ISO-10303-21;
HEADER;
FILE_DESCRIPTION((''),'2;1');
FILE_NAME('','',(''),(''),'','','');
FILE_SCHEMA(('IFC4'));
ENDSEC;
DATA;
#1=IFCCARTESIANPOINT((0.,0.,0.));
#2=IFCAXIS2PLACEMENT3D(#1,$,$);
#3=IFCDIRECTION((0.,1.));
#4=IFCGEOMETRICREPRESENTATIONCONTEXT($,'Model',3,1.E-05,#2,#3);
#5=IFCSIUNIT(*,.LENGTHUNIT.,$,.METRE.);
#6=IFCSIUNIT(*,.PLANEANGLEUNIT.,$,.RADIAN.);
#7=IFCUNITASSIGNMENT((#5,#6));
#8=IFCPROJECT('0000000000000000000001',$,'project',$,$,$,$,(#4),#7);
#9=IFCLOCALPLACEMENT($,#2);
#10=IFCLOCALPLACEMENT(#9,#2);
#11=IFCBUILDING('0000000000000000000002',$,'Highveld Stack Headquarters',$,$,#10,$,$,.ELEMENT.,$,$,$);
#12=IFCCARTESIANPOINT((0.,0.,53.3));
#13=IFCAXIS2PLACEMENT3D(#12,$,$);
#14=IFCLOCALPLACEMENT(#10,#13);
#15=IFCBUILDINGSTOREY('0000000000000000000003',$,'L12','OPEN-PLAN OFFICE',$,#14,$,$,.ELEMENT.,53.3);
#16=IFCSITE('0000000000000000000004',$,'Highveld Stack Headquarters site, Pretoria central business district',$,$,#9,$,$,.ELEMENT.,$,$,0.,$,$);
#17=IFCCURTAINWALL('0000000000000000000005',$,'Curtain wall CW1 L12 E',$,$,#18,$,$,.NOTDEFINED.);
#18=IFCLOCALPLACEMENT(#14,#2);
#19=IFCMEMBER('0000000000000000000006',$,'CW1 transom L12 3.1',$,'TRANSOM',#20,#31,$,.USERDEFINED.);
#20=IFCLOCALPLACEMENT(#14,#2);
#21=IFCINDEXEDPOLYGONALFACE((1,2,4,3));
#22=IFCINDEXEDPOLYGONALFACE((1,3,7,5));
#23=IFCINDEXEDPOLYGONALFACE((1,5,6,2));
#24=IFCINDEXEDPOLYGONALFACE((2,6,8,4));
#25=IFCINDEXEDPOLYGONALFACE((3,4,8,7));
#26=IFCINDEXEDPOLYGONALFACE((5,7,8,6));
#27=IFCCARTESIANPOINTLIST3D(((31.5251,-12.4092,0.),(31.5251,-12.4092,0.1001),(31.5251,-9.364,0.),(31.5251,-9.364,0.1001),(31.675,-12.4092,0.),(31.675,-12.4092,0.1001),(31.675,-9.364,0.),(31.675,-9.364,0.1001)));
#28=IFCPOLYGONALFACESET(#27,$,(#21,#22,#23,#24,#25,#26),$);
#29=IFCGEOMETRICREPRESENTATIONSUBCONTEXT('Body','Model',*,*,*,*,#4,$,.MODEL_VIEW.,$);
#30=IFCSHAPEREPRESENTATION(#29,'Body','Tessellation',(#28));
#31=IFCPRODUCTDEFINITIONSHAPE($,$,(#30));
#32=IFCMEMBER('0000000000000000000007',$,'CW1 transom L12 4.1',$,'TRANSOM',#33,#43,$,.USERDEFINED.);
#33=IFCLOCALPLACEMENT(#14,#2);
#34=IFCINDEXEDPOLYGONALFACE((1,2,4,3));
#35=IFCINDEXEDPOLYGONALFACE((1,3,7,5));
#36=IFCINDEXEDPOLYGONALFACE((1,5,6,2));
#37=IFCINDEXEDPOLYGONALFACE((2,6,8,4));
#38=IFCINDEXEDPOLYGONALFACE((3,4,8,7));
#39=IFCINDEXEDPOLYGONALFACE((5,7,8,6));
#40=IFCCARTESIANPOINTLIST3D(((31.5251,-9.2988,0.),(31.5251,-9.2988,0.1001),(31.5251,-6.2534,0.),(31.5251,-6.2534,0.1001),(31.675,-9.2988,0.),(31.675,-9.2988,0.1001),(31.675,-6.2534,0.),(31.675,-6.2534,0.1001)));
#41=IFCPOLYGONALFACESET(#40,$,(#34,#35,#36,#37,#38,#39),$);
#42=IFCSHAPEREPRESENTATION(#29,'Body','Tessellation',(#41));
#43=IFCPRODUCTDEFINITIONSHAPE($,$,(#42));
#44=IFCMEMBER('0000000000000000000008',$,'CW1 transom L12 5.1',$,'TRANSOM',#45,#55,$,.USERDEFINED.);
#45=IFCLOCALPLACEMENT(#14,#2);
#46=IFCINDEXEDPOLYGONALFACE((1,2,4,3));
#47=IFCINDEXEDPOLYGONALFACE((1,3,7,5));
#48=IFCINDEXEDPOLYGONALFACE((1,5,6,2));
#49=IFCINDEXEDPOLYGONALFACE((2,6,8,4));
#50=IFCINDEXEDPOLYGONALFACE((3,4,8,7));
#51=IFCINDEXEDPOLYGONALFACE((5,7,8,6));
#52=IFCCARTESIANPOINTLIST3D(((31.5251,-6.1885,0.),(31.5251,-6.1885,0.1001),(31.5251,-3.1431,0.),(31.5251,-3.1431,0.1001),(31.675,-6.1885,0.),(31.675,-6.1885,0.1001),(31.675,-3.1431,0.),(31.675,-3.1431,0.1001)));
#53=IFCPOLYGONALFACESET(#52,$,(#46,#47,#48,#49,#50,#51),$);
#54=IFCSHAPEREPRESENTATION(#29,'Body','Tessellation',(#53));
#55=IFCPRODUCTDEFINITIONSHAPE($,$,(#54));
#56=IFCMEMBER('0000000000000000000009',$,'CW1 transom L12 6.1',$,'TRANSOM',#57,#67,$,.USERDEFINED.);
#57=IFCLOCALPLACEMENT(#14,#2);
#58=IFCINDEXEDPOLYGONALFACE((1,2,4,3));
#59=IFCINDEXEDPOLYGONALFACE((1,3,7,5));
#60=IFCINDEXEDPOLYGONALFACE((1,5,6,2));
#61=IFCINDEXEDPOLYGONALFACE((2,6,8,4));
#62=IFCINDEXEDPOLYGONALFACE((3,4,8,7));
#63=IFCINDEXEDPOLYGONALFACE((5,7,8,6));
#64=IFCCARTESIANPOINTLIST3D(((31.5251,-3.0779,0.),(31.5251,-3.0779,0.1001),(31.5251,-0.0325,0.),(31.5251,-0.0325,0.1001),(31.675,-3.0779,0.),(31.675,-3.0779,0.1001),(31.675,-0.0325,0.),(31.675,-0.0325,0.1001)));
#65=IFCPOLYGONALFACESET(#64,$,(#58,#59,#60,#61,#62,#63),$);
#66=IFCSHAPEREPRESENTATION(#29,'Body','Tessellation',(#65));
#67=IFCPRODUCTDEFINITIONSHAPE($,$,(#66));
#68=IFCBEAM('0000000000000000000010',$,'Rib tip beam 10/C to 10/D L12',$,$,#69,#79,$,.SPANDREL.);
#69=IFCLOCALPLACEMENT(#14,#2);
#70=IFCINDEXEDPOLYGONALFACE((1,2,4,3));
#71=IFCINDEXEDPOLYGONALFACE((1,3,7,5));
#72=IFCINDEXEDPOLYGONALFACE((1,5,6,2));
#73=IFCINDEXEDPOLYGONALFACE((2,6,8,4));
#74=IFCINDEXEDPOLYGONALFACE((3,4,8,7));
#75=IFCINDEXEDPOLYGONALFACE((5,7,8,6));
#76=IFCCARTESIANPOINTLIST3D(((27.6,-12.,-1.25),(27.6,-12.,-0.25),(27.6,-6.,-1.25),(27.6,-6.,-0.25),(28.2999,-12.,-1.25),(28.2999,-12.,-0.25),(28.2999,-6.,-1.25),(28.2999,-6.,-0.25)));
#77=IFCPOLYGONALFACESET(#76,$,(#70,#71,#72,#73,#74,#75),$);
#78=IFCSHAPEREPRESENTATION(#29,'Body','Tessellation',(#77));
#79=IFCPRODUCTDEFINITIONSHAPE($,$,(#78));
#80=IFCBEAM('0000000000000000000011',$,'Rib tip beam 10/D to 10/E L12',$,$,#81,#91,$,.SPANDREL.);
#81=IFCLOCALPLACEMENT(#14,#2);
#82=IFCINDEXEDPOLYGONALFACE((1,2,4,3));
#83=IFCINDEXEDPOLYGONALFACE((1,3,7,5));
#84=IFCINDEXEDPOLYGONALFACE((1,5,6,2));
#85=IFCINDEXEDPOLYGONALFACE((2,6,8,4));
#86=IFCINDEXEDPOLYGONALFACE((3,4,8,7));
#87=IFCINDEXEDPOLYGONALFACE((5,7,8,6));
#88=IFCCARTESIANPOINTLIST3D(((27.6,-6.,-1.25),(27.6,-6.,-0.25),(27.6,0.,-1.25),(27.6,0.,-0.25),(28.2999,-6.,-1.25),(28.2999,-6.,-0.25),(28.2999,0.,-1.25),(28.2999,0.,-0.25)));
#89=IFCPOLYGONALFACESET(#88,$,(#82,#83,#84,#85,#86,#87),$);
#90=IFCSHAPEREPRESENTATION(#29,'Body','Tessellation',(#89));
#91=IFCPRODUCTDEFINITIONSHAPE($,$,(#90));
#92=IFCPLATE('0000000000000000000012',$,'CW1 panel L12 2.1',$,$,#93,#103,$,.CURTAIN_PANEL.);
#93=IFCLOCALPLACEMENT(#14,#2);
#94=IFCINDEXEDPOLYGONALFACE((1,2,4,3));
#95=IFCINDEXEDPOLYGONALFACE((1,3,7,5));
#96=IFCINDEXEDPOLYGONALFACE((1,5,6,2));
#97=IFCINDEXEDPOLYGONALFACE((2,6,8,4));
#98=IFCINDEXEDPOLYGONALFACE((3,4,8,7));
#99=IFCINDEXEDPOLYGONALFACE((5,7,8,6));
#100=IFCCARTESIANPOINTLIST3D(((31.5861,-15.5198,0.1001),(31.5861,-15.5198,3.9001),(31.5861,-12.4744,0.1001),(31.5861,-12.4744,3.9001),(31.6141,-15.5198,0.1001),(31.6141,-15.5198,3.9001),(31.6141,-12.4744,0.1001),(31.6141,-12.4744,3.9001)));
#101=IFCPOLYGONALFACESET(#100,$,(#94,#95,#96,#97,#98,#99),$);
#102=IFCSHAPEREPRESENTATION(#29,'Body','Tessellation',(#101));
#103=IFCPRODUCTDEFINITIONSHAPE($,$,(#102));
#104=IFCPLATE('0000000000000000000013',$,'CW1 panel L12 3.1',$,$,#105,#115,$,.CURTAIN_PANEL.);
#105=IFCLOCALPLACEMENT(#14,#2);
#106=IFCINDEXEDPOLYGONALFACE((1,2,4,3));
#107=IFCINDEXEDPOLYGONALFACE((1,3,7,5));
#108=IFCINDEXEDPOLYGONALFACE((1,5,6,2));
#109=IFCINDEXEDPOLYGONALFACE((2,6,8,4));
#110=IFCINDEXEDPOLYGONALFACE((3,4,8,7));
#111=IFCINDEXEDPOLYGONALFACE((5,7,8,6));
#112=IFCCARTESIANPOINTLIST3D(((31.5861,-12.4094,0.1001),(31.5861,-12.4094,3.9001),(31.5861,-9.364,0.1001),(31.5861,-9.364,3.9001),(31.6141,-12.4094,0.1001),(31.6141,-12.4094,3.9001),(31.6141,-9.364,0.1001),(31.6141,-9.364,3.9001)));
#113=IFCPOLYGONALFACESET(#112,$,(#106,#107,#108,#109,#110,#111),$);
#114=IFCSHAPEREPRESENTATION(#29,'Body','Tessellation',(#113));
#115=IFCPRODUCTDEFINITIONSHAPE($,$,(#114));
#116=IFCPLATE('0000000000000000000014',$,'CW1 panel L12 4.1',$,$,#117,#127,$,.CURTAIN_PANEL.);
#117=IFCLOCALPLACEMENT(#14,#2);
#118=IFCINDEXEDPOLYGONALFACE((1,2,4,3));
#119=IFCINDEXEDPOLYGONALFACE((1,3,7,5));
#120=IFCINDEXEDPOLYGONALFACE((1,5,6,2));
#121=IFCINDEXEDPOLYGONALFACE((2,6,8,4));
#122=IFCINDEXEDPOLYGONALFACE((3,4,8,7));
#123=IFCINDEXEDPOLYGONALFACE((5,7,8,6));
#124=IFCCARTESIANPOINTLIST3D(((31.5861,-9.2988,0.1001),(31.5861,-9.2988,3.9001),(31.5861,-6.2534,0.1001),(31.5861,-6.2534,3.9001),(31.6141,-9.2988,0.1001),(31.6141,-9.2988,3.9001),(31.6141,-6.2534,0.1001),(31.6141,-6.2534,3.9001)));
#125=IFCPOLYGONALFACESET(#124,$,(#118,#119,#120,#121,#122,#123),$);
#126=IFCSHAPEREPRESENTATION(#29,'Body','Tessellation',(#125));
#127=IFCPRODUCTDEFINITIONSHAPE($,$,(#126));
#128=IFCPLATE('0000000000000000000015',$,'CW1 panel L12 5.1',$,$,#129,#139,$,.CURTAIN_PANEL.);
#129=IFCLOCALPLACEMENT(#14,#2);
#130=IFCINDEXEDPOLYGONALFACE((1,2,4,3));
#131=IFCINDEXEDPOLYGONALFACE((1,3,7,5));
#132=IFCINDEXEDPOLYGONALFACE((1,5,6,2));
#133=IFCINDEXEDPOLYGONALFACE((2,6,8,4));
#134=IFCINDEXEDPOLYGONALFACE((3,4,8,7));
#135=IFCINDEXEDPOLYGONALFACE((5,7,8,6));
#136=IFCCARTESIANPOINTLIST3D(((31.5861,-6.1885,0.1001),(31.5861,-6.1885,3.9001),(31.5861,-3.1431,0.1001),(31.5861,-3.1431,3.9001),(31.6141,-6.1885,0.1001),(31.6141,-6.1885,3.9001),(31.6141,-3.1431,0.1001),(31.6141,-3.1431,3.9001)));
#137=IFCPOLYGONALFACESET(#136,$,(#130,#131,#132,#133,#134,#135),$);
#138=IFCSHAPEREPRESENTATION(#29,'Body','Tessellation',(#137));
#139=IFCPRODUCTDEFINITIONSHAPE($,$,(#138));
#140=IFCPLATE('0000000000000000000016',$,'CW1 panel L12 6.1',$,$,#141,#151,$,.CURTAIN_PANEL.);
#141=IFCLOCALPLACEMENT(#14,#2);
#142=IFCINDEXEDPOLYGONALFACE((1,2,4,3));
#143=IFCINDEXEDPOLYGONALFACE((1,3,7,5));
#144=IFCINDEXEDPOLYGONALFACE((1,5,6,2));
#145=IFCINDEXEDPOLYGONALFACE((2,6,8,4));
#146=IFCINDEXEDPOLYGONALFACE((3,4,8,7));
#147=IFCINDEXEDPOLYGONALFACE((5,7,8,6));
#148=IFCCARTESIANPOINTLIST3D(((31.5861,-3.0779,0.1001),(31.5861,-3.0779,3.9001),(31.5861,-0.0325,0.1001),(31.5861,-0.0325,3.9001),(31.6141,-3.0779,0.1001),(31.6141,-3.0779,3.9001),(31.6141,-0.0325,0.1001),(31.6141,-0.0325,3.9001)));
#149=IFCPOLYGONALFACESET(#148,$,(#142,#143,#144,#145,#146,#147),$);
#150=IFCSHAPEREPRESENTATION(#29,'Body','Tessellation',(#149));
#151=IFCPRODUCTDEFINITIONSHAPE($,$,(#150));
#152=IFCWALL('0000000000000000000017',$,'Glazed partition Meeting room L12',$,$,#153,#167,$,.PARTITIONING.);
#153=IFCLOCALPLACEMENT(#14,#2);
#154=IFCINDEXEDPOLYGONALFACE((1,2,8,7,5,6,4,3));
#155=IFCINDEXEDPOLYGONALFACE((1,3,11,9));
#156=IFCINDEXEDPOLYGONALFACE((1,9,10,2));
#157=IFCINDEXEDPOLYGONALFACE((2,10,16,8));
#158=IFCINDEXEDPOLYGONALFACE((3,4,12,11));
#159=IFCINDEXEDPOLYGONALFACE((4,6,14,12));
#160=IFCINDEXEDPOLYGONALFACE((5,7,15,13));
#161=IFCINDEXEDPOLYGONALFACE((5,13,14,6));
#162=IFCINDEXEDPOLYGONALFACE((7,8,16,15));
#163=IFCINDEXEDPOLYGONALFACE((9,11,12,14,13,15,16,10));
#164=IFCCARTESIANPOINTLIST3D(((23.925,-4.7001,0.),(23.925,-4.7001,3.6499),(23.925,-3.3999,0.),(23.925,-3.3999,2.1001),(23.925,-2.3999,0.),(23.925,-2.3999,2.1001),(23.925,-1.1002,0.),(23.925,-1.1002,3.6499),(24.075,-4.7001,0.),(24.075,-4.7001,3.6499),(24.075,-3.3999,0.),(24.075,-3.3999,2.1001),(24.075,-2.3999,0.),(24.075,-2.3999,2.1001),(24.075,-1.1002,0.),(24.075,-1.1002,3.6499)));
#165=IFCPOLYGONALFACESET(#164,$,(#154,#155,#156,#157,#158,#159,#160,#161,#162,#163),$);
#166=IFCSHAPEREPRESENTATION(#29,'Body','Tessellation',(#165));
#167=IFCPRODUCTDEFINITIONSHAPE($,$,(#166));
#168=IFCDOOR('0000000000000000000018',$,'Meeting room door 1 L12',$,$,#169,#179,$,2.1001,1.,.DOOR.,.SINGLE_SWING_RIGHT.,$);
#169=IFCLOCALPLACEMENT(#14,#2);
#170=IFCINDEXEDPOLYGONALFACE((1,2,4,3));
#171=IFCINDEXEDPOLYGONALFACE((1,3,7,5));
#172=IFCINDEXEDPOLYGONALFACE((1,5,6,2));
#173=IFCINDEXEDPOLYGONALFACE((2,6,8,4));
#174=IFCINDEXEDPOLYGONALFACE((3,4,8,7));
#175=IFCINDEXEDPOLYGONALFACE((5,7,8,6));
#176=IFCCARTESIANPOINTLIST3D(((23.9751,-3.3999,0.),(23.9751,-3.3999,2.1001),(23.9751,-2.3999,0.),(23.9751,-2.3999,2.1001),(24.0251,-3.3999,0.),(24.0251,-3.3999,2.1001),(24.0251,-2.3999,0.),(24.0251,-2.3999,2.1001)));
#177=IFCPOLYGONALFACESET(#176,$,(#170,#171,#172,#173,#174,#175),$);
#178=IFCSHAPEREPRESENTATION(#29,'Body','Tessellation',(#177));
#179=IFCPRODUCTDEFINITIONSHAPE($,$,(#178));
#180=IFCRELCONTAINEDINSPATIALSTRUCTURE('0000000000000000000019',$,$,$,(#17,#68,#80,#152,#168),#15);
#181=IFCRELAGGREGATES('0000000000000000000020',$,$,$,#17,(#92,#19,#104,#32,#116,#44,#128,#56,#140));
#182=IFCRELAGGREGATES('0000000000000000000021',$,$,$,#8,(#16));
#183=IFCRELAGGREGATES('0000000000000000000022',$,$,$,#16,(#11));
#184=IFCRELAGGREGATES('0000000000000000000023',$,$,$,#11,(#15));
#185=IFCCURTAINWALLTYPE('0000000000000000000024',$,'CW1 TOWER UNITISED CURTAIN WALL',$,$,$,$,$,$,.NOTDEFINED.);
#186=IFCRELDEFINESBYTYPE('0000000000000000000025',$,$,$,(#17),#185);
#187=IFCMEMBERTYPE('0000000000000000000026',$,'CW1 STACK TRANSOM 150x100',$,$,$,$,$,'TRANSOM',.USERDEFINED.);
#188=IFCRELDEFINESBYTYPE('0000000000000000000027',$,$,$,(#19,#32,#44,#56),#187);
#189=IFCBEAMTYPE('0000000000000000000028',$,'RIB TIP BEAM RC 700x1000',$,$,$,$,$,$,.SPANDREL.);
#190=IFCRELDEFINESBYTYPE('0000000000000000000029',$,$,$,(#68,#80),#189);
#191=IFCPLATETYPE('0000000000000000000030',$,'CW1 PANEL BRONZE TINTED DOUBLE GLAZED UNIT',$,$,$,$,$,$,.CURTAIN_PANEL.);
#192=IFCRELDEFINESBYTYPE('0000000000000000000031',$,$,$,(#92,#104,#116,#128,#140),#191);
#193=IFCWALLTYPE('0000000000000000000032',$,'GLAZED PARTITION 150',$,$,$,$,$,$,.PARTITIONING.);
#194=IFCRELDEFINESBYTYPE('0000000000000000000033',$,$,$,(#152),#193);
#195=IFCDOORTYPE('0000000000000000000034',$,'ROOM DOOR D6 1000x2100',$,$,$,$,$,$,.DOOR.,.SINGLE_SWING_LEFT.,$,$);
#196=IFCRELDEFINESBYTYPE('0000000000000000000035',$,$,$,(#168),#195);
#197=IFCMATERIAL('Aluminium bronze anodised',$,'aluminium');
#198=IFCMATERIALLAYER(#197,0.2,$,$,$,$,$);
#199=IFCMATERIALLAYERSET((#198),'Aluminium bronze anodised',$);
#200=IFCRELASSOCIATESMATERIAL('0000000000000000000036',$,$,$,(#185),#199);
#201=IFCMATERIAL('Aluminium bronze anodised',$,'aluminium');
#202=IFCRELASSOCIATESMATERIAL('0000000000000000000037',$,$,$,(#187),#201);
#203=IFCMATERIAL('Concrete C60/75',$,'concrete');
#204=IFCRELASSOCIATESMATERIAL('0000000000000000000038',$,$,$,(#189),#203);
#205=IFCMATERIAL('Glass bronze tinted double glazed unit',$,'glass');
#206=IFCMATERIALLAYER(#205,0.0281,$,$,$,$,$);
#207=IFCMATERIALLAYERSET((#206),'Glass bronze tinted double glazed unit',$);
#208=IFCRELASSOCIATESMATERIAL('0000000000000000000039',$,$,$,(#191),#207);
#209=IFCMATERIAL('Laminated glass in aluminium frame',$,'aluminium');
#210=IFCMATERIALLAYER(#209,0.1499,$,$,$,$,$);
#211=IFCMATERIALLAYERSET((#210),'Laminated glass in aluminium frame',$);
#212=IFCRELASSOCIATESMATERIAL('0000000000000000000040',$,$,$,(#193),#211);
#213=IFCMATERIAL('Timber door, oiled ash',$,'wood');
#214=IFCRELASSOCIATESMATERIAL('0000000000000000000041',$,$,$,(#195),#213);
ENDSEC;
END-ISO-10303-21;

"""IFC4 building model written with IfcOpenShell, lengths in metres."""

from ifc_helpers import new_model, si_unit, direction, frame, frame_2d, origin, origin_2d, place, context, subcontext, project, spatial, rectangle, extrude, material, layer, layer_set, material_profile, profile_set, type_object, element, fill, aggregate, save


model = new_model("IFC4")

# Units and contexts
model_context = context("Model", 3, precision=1e-05, world=origin(), true_north=direction((0.0, 1.0)))
body_context = subcontext(model_context, "Body", "Model", "MODEL_VIEW")
ifc_project = project(units=[si_unit("LENGTHUNIT", "METRE"), si_unit("PLANEANGLEUNIT", "RADIAN")], contexts=[model_context])

# Site, building, storey
site_placement = place(None, origin())
site = spatial("IfcSite", under=ifc_project, at=site_placement, Name="Highveld Stack Headquarters site, Pretoria central business district", CompositionType="ELEMENT", RefElevation=0.0)
building_placement = place(site_placement, origin())
building = spatial("IfcBuilding", under=site, at=building_placement, Name="Highveld Stack Headquarters", CompositionType="ELEMENT")
storey_placement = place(building_placement, frame((0.0, 0.0, 53.3)))
storey = spatial("IfcBuildingStorey", under=building, at=storey_placement, Name="L12", Description="OPEN-PLAN OFFICE", CompositionType="ELEMENT", Elevation=53.3)

# Curtain wall, members
ifc_material_1 = material(Name="Aluminium bronze anodised", Category="aluminium")
ifc_layer_1 = layer(ifc_material_1, 0.2)
ifc_layer_set_1 = layer_set([ifc_layer_1], Name="Aluminium bronze anodised")
curtain_wall_type = type_object("IfcCurtainWallType", Name="CW1 TOWER UNITISED CURTAIN WALL", PredefinedType="NOTDEFINED", material=ifc_layer_set_1)
curtain_wall_placement = place(storey_placement, origin())
curtain_wall = element("IfcCurtainWall", 1, at=curtain_wall_placement, inside=storey, type_object=curtain_wall_type, Name="Curtain wall CW1 L12 E", PredefinedType="NOTDEFINED")
ifc_material_2 = material(Name="Aluminium bronze anodised", Category="aluminium")
ifc_material_profile_1 = material_profile(ifc_material_2, rectangle(XDim=0.1499, YDim=0.1001, at=origin_2d()), Name="CW1 TRANSOM 150x100")
ifc_profile_set_1 = profile_set([ifc_material_profile_1], Name="Aluminium bronze anodised")
member_type_1 = type_object("IfcMemberType", Name="CW1 STACK TRANSOM 150x100", ElementType="TRANSOM", PredefinedType="USERDEFINED", material=ifc_profile_set_1)
member_1_placement = place(storey_placement, frame((31.6001, -12.4092, 0.05), z_axis=(0.0, 1.0, 0.0), x_axis=(-1.0, 0.0, 0.0)))
member_1 = element("IfcMember", 2, at=member_1_placement, type_object=member_type_1, Name="CW1 transom L12 3.1", ObjectType="TRANSOM", PredefinedType="USERDEFINED", context=body_context, shape_type="SweptSolid", body=[
    extrude(rectangle(XDim=0.1499, YDim=0.1001, at=origin_2d()), origin(), (0.0, 0.0, 1.0), 3.0452),
])
member_2_placement = place(storey_placement, frame((31.6001, -9.2988, 0.05), z_axis=(0.0, 1.0, 0.0), x_axis=(-1.0, 0.0, 0.0)))
member_2 = element("IfcMember", 3, at=member_2_placement, type_object=member_type_1, Name="CW1 transom L12 4.1", ObjectType="TRANSOM", PredefinedType="USERDEFINED", context=body_context, shape_type="SweptSolid", body=[
    extrude(rectangle(XDim=0.1499, YDim=0.1001, at=origin_2d()), origin(), (0.0, 0.0, 1.0), 3.0454),
])
member_3_placement = place(storey_placement, frame((31.6001, -6.1885, 0.05), z_axis=(0.0, 1.0, 0.0), x_axis=(-1.0, 0.0, 0.0)))
member_3 = element("IfcMember", 4, at=member_3_placement, type_object=member_type_1, Name="CW1 transom L12 5.1", ObjectType="TRANSOM", PredefinedType="USERDEFINED", context=body_context, shape_type="SweptSolid", body=[
    extrude(rectangle(XDim=0.1499, YDim=0.1001, at=origin_2d()), origin(), (0.0, 0.0, 1.0), 3.0454),
])
member_4_placement = place(storey_placement, frame((31.6001, -3.0779, 0.05), z_axis=(0.0, 1.0, 0.0), x_axis=(-1.0, 0.0, 0.0)))
member_4 = element("IfcMember", 5, at=member_4_placement, type_object=member_type_1, Name="CW1 transom L12 6.1", ObjectType="TRANSOM", PredefinedType="USERDEFINED", context=body_context, shape_type="SweptSolid", body=[
    extrude(rectangle(XDim=0.1499, YDim=0.1001, at=origin_2d()), origin(), (0.0, 0.0, 1.0), 3.0454),
])

# Beams
ifc_material_3 = material(Name="Concrete C60/75", Category="concrete")
ifc_material_profile_2 = material_profile(ifc_material_3, rectangle(XDim=0.7, YDim=1.0, at=origin_2d()), Name="RC 700x1000")
ifc_profile_set_2 = profile_set([ifc_material_profile_2], Name="Concrete C60/75")
beam_type_1 = type_object("IfcBeamType", Name="RIB TIP BEAM RC 700x1000", PredefinedType="SPANDREL", material=ifc_profile_set_2)
for number, where, z_axis, x_axis, name in (
    (6, (27.95, -12.0, -0.75), (0.0, 1.0, 0.0), (-1.0, 0.0, 0.0), "Rib tip beam 10/C to 10/D L12"),
    (7, (27.95, -6.0, -0.75), (0.0, 1.0, 0.0), (-1.0, 0.0, 0.0), "Rib tip beam 10/D to 10/E L12"),
):
    element("IfcBeam", number, at=place(storey_placement, frame(where, z_axis=z_axis, x_axis=x_axis)), inside=storey, type_object=beam_type_1, Name=name, PredefinedType="SPANDREL", context=body_context, shape_type="SweptSolid", body=[
        extrude(rectangle(XDim=0.7, YDim=1.0, at=origin_2d()), origin(), (0.0, 0.0, 1.0), 6.0),
    ])

# Plates
ifc_material_4 = material(Name="Glass bronze tinted double glazed unit", Category="glass")
ifc_layer_2 = layer(ifc_material_4, 0.0281)
ifc_layer_set_2 = layer_set([ifc_layer_2], Name="Glass bronze tinted double glazed unit")
plate_type = type_object("IfcPlateType", Name="CW1 PANEL BRONZE TINTED DOUBLE GLAZED UNIT", PredefinedType="CURTAIN_PANEL", material=ifc_layer_set_2)
plate_1_placement = place(storey_placement, frame((31.6001, -13.9971, 0.1001), z_axis=(0.0, 0.0, 1.0), x_axis=(0.0, 1.0, 0.0)))
plate_1 = element("IfcPlate", 8, at=plate_1_placement, type_object=plate_type, Name="CW1 panel L12 2.1", PredefinedType="CURTAIN_PANEL", context=body_context, shape_type="SweptSolid", body=[
    extrude(rectangle(XDim=3.0454, YDim=0.0281, at=origin_2d()), origin(), (0.0, 0.0, 1.0), 3.8),
])
plate_2_placement = place(storey_placement, frame((31.6001, -10.8867, 0.1001), z_axis=(0.0, 0.0, 1.0), x_axis=(0.0, 1.0, 0.0)))
plate_2 = element("IfcPlate", 9, at=plate_2_placement, type_object=plate_type, Name="CW1 panel L12 3.1", PredefinedType="CURTAIN_PANEL", context=body_context, shape_type="SweptSolid", body=[
    extrude(rectangle(XDim=3.0454, YDim=0.0281, at=origin_2d()), origin(), (0.0, 0.0, 1.0), 3.8),
])
plate_3_placement = place(storey_placement, frame((31.6001, -7.7761, 0.1001), z_axis=(0.0, 0.0, 1.0), x_axis=(0.0, 1.0, 0.0)))
plate_3 = element("IfcPlate", 10, at=plate_3_placement, type_object=plate_type, Name="CW1 panel L12 4.1", PredefinedType="CURTAIN_PANEL", context=body_context, shape_type="SweptSolid", body=[
    extrude(rectangle(XDim=3.0454, YDim=0.0281, at=origin_2d()), origin(), (0.0, 0.0, 1.0), 3.8),
])
plate_4_placement = place(storey_placement, frame((31.6001, -4.6658, 0.1001), z_axis=(0.0, 0.0, 1.0), x_axis=(0.0, 1.0, 0.0)))
plate_4 = element("IfcPlate", 11, at=plate_4_placement, type_object=plate_type, Name="CW1 panel L12 5.1", PredefinedType="CURTAIN_PANEL", context=body_context, shape_type="SweptSolid", body=[
    extrude(rectangle(XDim=3.0454, YDim=0.0281, at=origin_2d()), origin(), (0.0, 0.0, 1.0), 3.8),
])
plate_5_placement = place(storey_placement, frame((31.6001, -1.5552, 0.1001), z_axis=(0.0, 0.0, 1.0), x_axis=(0.0, 1.0, 0.0)))
plate_5 = element("IfcPlate", 12, at=plate_5_placement, type_object=plate_type, Name="CW1 panel L12 6.1", PredefinedType="CURTAIN_PANEL", context=body_context, shape_type="SweptSolid", body=[
    extrude(rectangle(XDim=3.0454, YDim=0.0281, at=origin_2d()), origin(), (0.0, 0.0, 1.0), 3.8),
])
aggregate(curtain_wall, [plate_1, member_1, plate_2, member_2, plate_3, member_3, plate_4, member_4, plate_5])

# Wall, opening, door
ifc_material_5 = material(Name="Laminated glass in aluminium frame", Category="aluminium")
ifc_layer_3 = layer(ifc_material_5, 0.1499)
ifc_layer_set_3 = layer_set([ifc_layer_3], Name="Laminated glass in aluminium frame")
wall_type_1 = type_object("IfcWallType", Name="GLAZED PARTITION 150", PredefinedType="PARTITIONING", material=ifc_layer_set_3)
wall_1_placement = place(storey_placement, frame((24.0, -4.7, 0.0), z_axis=(0.0, 0.0, 1.0), x_axis=(0.0, 1.0, 0.0)))
wall_1 = element("IfcWall", 13, at=wall_1_placement, inside=storey, type_object=wall_type_1, Name="Glazed partition Meeting room L12", PredefinedType="PARTITIONING", context=body_context, shape_type="SweptSolid", body=[
    extrude(rectangle(XDim=3.5999, YDim=0.1499, at=frame_2d((1.7998, 0.0))), origin(), (0.0, 0.0, 1.0), 3.6499),
])
opening_placement = place(wall_1_placement, frame((1.3, 0.0, 0.0)))
opening = element("IfcOpeningElement", 14, at=opening_placement, cuts=wall_1, PredefinedType="OPENING", context=body_context, shape_type="SweptSolid", body=[
    extrude(rectangle(XDim=1.0, YDim=2.1001, at=frame_2d((0.5, 1.05))), frame((0.0, 0.085, 0.0), z_axis=(0.0, -1.0, 0.0), x_axis=(1.0, 0.0, 0.0)), (0.0, 0.0, 1.0), 0.1699),
])
ifc_material_6 = material(Name="Timber door, oiled ash", Category="wood")
door_type = type_object("IfcDoorType", Name="ROOM DOOR D6 1000x2100", OperationType="SINGLE_SWING_LEFT", PredefinedType="DOOR", material=ifc_material_6)
door_placement = place(opening_placement, origin())
door = element("IfcDoor", 15, at=door_placement, inside=storey, type_object=door_type, Name="Meeting room door 1 L12", OperationType="SINGLE_SWING_RIGHT", OverallHeight=2.1001, OverallWidth=1.0, PredefinedType="DOOR", context=body_context, shape_type="SweptSolid", body=[
    extrude(rectangle(XDim=1.0, YDim=2.1001, at=frame_2d((0.5, 1.05))), frame((0.0, 0.0249, 0.0), z_axis=(0.0, -1.0, 0.0), x_axis=(1.0, 0.0, 0.0)), (0.0, 0.0, 1.0), 0.05),
])
fill(opening, door)

save(model, "model.ifc")
